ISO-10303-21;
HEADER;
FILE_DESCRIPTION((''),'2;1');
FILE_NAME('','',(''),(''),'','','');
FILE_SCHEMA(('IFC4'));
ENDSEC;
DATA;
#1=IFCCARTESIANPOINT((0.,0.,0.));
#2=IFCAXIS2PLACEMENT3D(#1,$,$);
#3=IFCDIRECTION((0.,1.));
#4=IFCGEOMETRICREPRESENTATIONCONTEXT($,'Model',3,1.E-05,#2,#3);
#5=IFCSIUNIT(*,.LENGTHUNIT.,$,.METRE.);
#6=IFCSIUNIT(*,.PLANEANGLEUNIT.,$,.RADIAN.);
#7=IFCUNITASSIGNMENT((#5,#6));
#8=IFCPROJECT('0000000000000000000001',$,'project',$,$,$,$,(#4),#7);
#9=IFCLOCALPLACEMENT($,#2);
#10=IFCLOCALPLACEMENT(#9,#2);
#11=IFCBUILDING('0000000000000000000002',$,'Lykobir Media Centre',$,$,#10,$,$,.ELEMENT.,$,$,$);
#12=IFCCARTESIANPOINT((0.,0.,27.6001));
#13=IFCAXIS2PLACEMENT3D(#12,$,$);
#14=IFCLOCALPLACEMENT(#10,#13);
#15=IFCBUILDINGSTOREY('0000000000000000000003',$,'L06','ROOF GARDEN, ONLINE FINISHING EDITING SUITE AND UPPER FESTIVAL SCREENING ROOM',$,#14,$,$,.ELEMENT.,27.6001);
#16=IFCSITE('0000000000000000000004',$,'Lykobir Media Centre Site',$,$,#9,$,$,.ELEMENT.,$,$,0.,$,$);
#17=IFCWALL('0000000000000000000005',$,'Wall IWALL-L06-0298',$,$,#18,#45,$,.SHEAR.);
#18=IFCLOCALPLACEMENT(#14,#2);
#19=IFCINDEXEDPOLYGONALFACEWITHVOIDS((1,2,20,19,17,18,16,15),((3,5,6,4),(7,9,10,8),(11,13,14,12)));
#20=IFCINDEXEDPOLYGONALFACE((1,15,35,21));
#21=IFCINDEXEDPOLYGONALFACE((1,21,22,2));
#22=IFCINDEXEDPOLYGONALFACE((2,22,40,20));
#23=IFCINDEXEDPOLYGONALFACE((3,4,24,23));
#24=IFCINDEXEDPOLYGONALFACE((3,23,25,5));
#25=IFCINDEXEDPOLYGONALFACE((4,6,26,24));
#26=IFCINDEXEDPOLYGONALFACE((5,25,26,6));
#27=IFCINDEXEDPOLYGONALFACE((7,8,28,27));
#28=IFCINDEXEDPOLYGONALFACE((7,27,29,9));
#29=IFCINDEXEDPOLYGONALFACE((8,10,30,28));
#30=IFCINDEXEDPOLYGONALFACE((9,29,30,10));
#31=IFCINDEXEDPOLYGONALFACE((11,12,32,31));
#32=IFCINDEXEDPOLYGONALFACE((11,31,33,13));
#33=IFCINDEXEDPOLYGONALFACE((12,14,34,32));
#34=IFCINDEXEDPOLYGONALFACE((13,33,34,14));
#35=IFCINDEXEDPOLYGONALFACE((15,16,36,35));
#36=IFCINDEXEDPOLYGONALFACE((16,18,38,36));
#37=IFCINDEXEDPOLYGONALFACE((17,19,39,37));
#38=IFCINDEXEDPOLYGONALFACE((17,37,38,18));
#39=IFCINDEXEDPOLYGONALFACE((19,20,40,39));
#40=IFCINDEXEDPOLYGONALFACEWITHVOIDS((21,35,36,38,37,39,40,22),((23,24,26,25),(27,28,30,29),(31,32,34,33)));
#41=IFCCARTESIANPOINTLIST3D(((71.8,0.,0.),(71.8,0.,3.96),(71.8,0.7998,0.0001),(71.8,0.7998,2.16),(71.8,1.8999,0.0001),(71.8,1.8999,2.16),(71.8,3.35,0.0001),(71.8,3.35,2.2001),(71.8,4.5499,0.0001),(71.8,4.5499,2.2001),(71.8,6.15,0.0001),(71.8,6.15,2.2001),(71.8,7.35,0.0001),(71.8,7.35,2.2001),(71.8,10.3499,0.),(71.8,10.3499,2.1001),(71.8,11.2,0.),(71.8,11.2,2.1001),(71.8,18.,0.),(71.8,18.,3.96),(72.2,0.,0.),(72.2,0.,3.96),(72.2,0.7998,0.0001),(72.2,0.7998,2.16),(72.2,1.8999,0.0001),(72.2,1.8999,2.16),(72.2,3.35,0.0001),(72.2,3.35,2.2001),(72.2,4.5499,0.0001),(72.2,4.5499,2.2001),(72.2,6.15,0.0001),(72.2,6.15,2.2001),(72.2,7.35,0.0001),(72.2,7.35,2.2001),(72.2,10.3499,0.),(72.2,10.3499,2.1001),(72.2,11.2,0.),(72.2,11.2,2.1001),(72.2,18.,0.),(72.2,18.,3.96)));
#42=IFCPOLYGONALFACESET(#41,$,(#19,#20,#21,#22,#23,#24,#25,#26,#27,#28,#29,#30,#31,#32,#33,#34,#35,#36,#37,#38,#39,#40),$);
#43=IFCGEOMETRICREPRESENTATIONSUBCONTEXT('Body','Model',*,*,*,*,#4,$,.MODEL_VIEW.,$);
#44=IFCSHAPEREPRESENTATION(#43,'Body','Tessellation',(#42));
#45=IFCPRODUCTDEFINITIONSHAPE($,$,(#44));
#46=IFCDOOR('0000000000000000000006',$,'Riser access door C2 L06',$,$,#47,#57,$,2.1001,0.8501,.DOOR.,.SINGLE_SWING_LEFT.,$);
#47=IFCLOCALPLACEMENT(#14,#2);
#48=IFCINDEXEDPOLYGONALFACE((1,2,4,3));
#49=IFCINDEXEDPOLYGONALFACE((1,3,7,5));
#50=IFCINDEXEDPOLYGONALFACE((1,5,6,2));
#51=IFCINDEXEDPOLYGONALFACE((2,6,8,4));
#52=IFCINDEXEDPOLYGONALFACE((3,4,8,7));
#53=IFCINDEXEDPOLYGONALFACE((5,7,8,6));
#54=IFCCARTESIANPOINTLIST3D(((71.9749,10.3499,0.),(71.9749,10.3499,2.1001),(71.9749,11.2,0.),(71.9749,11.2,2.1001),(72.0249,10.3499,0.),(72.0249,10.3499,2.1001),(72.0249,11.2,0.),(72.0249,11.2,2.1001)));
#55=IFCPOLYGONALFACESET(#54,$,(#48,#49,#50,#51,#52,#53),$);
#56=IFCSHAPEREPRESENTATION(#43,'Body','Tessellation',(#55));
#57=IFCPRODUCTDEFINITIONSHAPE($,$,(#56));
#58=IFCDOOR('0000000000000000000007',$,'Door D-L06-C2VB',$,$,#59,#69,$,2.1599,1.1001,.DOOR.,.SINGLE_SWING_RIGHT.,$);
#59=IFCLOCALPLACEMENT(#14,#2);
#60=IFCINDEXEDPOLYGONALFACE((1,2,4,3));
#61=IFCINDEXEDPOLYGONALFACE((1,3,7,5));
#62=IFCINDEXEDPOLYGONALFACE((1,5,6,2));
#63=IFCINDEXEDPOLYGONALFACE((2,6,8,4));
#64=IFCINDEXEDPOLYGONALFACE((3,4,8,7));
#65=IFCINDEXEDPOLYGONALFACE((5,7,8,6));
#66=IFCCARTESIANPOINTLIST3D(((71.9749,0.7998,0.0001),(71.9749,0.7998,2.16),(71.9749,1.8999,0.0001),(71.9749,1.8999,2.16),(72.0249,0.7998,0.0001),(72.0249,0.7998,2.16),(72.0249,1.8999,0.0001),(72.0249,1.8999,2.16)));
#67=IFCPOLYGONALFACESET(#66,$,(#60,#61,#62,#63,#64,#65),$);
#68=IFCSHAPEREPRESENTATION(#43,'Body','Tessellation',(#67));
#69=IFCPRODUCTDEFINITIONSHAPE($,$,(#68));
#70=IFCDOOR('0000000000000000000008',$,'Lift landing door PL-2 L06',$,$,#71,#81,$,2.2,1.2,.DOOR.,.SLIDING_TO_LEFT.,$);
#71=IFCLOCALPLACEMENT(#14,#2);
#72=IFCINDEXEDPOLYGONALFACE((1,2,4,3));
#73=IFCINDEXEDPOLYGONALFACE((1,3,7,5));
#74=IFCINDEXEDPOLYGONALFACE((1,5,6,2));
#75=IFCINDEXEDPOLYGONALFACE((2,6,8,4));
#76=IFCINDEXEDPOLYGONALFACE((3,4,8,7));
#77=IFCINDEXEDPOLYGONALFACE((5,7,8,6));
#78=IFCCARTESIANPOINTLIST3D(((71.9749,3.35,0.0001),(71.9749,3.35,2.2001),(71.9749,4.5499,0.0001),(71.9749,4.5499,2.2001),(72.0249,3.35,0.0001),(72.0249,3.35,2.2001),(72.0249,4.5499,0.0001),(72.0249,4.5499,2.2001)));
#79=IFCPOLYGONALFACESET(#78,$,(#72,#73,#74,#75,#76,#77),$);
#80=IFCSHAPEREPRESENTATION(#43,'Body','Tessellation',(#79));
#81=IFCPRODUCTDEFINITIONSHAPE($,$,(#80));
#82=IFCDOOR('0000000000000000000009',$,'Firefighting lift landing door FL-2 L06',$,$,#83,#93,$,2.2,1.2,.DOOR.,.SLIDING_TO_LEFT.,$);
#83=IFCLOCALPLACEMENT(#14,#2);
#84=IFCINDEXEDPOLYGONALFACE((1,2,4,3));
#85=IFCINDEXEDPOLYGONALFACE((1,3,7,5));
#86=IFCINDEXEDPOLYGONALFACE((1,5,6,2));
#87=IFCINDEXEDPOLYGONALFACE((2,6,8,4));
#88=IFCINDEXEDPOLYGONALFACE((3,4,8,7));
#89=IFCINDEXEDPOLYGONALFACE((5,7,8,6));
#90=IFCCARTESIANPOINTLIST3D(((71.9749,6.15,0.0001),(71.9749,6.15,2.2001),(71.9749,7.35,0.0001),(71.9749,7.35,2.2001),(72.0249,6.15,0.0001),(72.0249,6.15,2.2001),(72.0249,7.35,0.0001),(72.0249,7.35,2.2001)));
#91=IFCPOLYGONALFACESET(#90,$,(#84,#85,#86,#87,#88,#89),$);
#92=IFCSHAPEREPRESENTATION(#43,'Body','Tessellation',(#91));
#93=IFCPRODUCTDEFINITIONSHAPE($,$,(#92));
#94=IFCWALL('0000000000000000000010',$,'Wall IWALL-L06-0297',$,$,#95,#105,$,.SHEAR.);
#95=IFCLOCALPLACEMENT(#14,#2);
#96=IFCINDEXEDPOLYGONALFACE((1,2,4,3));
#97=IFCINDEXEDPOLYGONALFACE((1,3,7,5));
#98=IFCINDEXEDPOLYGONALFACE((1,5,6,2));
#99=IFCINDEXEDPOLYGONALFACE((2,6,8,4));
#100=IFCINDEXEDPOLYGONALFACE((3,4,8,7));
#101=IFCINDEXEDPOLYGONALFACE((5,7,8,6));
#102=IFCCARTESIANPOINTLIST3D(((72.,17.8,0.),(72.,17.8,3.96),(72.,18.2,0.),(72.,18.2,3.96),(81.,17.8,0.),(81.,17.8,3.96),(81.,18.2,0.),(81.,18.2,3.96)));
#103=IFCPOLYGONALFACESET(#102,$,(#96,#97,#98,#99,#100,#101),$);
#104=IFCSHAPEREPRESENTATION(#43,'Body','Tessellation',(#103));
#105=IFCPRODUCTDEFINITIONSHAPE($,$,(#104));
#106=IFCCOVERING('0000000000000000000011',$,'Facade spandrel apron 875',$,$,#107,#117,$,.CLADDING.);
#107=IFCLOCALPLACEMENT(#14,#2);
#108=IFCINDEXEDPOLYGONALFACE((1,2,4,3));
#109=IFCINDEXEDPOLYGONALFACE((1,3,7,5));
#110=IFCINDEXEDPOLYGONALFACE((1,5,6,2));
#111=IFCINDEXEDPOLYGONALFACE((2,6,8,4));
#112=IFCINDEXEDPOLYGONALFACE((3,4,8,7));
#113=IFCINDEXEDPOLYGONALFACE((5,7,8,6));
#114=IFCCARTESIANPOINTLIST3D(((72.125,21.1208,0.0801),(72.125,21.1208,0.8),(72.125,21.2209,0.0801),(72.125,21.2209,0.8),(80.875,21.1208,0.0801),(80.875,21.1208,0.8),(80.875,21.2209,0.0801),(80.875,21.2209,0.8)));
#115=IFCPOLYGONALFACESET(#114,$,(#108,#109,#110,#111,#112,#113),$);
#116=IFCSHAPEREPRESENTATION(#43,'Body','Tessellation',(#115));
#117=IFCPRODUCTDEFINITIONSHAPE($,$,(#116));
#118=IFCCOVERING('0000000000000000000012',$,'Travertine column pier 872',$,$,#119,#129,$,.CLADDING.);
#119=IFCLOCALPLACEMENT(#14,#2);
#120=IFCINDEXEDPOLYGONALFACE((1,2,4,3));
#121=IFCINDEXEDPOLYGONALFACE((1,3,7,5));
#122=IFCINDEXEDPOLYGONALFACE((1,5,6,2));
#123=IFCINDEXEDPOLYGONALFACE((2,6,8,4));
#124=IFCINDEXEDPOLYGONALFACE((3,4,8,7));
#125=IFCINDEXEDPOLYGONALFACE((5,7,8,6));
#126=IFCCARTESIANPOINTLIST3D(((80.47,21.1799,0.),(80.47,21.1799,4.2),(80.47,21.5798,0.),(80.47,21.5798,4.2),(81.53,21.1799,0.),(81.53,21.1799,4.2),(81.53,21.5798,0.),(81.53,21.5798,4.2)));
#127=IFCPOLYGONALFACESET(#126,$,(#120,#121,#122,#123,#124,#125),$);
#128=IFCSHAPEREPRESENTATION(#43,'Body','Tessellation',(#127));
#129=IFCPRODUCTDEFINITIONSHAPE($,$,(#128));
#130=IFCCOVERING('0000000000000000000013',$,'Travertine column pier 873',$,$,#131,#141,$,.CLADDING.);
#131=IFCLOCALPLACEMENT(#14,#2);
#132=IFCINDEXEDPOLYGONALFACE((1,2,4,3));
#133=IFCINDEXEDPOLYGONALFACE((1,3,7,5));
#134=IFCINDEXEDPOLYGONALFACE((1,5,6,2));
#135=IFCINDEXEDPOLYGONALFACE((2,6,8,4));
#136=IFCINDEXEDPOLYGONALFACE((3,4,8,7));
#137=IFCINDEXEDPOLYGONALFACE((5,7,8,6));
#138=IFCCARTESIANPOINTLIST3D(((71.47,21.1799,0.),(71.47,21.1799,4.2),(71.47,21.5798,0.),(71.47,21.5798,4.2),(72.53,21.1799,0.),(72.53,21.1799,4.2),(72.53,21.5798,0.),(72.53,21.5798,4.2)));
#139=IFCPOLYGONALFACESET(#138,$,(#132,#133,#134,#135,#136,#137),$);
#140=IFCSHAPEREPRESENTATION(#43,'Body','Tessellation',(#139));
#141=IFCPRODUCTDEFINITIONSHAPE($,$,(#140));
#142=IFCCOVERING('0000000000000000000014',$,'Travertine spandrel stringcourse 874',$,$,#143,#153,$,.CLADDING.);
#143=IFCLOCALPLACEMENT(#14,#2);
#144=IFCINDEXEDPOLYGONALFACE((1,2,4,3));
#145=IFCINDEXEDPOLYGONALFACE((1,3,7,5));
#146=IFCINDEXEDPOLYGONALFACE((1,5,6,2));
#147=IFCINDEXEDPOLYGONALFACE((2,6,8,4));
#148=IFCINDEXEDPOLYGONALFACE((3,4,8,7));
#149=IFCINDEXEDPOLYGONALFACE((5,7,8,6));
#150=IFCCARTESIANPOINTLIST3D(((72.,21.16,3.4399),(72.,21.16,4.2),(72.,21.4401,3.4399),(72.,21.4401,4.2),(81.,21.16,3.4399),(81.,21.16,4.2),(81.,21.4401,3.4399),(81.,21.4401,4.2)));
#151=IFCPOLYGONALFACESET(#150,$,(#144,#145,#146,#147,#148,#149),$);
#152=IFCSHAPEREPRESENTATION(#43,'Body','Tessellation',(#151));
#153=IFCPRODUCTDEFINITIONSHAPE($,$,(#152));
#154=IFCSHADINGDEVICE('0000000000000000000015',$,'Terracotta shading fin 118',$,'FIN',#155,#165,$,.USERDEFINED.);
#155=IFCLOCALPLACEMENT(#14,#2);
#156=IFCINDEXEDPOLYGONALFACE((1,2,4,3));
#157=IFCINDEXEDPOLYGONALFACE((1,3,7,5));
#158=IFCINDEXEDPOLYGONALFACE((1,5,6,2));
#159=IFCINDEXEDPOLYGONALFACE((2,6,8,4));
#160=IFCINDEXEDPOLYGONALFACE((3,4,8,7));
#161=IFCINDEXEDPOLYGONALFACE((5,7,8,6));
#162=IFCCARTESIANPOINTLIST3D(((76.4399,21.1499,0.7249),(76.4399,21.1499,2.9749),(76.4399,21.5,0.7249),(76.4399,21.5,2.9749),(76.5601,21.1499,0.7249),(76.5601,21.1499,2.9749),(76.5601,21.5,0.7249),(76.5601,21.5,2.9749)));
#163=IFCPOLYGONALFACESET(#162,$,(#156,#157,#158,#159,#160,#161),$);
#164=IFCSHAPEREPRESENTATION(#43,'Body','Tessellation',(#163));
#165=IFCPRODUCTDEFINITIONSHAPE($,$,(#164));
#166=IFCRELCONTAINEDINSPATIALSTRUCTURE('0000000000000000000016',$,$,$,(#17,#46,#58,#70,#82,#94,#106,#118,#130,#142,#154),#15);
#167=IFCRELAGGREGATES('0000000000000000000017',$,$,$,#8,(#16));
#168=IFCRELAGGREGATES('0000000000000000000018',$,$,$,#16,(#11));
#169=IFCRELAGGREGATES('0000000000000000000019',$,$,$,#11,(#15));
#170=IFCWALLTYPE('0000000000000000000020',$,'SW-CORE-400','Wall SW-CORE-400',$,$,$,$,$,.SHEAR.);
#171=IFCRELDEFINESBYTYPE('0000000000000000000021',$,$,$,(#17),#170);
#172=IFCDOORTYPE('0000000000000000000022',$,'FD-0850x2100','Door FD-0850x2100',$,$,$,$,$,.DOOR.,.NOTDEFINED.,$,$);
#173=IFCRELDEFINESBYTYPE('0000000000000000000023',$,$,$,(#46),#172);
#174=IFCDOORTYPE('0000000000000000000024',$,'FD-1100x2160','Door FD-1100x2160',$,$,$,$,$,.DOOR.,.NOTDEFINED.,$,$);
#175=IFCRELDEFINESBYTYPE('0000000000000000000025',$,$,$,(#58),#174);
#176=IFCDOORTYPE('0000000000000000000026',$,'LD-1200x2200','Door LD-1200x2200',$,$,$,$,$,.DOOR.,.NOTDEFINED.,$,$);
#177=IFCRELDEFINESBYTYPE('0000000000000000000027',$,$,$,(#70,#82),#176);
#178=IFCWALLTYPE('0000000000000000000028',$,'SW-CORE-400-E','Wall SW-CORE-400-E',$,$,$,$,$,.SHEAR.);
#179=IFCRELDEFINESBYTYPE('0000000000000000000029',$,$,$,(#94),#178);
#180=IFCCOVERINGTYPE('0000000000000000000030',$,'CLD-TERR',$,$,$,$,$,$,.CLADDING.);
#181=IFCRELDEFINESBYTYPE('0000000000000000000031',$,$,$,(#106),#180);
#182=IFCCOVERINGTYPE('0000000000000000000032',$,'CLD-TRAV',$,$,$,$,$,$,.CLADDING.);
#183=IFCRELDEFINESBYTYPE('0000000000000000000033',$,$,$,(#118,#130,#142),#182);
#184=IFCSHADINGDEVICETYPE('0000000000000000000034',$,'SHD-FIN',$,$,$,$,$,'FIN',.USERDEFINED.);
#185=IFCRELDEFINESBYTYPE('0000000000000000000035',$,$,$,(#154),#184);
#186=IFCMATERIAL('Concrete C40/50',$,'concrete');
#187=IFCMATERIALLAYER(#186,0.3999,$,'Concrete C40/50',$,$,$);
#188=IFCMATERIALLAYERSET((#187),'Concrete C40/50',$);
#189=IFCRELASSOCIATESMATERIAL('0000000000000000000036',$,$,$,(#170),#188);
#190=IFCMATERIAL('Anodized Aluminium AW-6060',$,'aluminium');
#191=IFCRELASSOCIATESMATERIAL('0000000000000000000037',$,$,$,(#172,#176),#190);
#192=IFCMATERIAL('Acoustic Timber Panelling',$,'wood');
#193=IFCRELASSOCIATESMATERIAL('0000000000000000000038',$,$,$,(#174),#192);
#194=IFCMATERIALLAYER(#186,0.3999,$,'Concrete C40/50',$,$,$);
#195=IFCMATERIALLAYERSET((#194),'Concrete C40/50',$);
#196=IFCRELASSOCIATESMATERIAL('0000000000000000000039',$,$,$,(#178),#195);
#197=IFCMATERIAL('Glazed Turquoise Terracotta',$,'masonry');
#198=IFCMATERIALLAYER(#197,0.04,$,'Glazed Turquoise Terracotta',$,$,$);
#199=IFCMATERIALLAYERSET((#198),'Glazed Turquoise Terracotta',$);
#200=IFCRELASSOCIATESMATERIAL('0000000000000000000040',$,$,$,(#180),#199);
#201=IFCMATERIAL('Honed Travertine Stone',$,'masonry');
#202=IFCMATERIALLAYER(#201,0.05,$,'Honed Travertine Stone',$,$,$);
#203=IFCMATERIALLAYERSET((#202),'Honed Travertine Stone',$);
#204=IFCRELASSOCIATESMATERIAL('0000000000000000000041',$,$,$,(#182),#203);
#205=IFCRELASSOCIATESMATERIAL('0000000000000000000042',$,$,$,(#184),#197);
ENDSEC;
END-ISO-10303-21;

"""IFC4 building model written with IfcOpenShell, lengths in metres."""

from ifc_helpers import new_model, si_unit, direction, frame, frame_2d, origin, origin_2d, place, context, subcontext, project, spatial, rectangle, extrude, material, layer, layer_set, type_object, element, fill, save


model = new_model("IFC4")

# Units and contexts
model_context = context("Model", 3, precision=1e-05, world=origin(), true_north=direction((0.0, 1.0)))
body_context = subcontext(model_context, "Body", "Model", "MODEL_VIEW")
ifc_project = project(units=[si_unit("LENGTHUNIT", "METRE"), si_unit("PLANEANGLEUNIT", "RADIAN")], contexts=[model_context])

# Site, building, storey
site_placement = place(None, origin())
site = spatial("IfcSite", under=ifc_project, at=site_placement, Name="Lykobir Media Centre Site", CompositionType="ELEMENT", RefElevation=0.0)
building_placement = place(site_placement, origin())
building = spatial("IfcBuilding", under=site, at=building_placement, Name="Lykobir Media Centre", CompositionType="ELEMENT")
storey_placement = place(building_placement, frame((0.0, 0.0, 27.6001)))
storey = spatial("IfcBuildingStorey", under=building, at=storey_placement, Name="L06", Description="ROOF GARDEN, ONLINE FINISHING EDITING SUITE AND UPPER FESTIVAL SCREENING ROOM", CompositionType="ELEMENT", Elevation=27.6001)

# Shared definitions
ifc_material_1 = material(Name="Concrete C40/50", Category="concrete")

# Shared definitions
ifc_material_2 = material(Name="Anodized Aluminium AW-6060", Category="aluminium")

# Shared definitions
ifc_material_3 = material(Name="Glazed Turquoise Terracotta", Category="masonry")

# Wall, openings, doors
ifc_layer_1 = layer(ifc_material_1, 0.3999, Name="Concrete C40/50")
ifc_layer_set_1 = layer_set([ifc_layer_1], Name="Concrete C40/50")
wall_type_1 = type_object("IfcWallType", Name="SW-CORE-400", Description="Wall SW-CORE-400", PredefinedType="SHEAR", material=ifc_layer_set_1)
wall_1_placement = place(storey_placement, frame((72.0, 18.0, 0.0), z_axis=(0.0, 0.0, 1.0), x_axis=(0.0, -1.0, 0.0)))
wall_1 = element("IfcWall", 1, at=wall_1_placement, inside=storey, type_object=wall_type_1, Name="Wall IWALL-L06-0298", PredefinedType="SHEAR", context=body_context, shape_type="SweptSolid", body=[
    extrude(rectangle(XDim=18.0, YDim=0.3999, at=frame_2d((9.0, 0.0))), origin(), (0.0, 0.0, 1.0), 3.96),
])
opening_1_placement = place(wall_1_placement, frame((16.1001, 0.0, 0.0)))
opening_1 = element("IfcOpeningElement", 2, at=opening_1_placement, cuts=wall_1, PredefinedType="OPENING", context=body_context, shape_type="SweptSolid", body=[
    extrude(rectangle(XDim=1.1001, YDim=2.1599, at=frame_2d((0.55, 1.0801))), frame((0.0, 0.21, 0.0), z_axis=(0.0, -1.0, 0.0), x_axis=(1.0, 0.0, 0.0)), (0.0, 0.0, 1.0), 0.4199),
])
opening_2_placement = place(wall_1_placement, frame((13.45, 0.0, 0.0)))
opening_2 = element("IfcOpeningElement", 3, at=opening_2_placement, cuts=wall_1, PredefinedType="OPENING", context=body_context, shape_type="SweptSolid", body=[
    extrude(rectangle(XDim=1.2, YDim=2.2, at=frame_2d((0.6001, 1.1001))), frame((0.0, 0.21, 0.0), z_axis=(0.0, -1.0, 0.0), x_axis=(1.0, 0.0, 0.0)), (0.0, 0.0, 1.0), 0.4199),
])
opening_3_placement = place(wall_1_placement, frame((10.6499, 0.0, 0.0)))
opening_3 = element("IfcOpeningElement", 4, at=opening_3_placement, cuts=wall_1, PredefinedType="OPENING", context=body_context, shape_type="SweptSolid", body=[
    extrude(rectangle(XDim=1.2, YDim=2.2, at=frame_2d((0.6001, 1.1001))), frame((0.0, 0.21, 0.0), z_axis=(0.0, -1.0, 0.0), x_axis=(1.0, 0.0, 0.0)), (0.0, 0.0, 1.0), 0.4199),
])
opening_4_placement = place(wall_1_placement, frame((6.8, 0.0, 0.0)))
opening_4 = element("IfcOpeningElement", 5, at=opening_4_placement, cuts=wall_1, PredefinedType="OPENING", context=body_context, shape_type="SweptSolid", body=[
    extrude(rectangle(XDim=0.8501, YDim=2.1001, at=frame_2d((0.425, 1.05))), frame((0.0, 0.21, 0.0), z_axis=(0.0, -1.0, 0.0), x_axis=(1.0, 0.0, 0.0)), (0.0, 0.0, 1.0), 0.4199),
])
door_type_1 = type_object("IfcDoorType", Name="FD-0850x2100", Description="Door FD-0850x2100", OperationType="NOTDEFINED", PredefinedType="DOOR", material=ifc_material_2)
door_1_placement = place(opening_4_placement, origin())
door_1 = element("IfcDoor", 6, at=door_1_placement, inside=storey, type_object=door_type_1, Name="Riser access door C2 L06", OperationType="SINGLE_SWING_LEFT", OverallHeight=2.1001, OverallWidth=0.8501, PredefinedType="DOOR", context=body_context, shape_type="SweptSolid", body=[
    extrude(rectangle(XDim=0.8501, YDim=2.1001, at=frame_2d((0.425, 1.05))), frame((0.0, 0.0249, 0.0), z_axis=(0.0, -1.0, 0.0), x_axis=(1.0, 0.0, 0.0)), (0.0, 0.0, 1.0), 0.05),
])
fill(opening_4, door_1)
ifc_material_4 = material(Name="Acoustic Timber Panelling", Category="wood")
door_type_2 = type_object("IfcDoorType", Name="FD-1100x2160", Description="Door FD-1100x2160", OperationType="NOTDEFINED", PredefinedType="DOOR", material=ifc_material_4)
door_2_placement = place(opening_1_placement, origin())
door_2 = element("IfcDoor", 7, at=door_2_placement, inside=storey, type_object=door_type_2, Name="Door D-L06-C2VB", OperationType="SINGLE_SWING_RIGHT", OverallHeight=2.1599, OverallWidth=1.1001, PredefinedType="DOOR", context=body_context, shape_type="SweptSolid", body=[
    extrude(rectangle(XDim=1.1001, YDim=2.1599, at=frame_2d((0.55, 1.0801))), frame((0.0, 0.0249, 0.0), z_axis=(0.0, -1.0, 0.0), x_axis=(1.0, 0.0, 0.0)), (0.0, 0.0, 1.0), 0.05),
])
fill(opening_1, door_2)
door_type_3 = type_object("IfcDoorType", Name="LD-1200x2200", Description="Door LD-1200x2200", OperationType="NOTDEFINED", PredefinedType="DOOR", material=ifc_material_2)
door_3_placement = place(opening_2_placement, origin())
door_3 = element("IfcDoor", 8, at=door_3_placement, inside=storey, type_object=door_type_3, Name="Lift landing door PL-2 L06", OperationType="SLIDING_TO_LEFT", OverallHeight=2.2, OverallWidth=1.2, PredefinedType="DOOR", context=body_context, shape_type="SweptSolid", body=[
    extrude(rectangle(XDim=1.2, YDim=2.2, at=frame_2d((0.6001, 1.1001))), frame((0.0, 0.0249, 0.0), z_axis=(0.0, -1.0, 0.0), x_axis=(1.0, 0.0, 0.0)), (0.0, 0.0, 1.0), 0.05),
])
fill(opening_2, door_3)
door_4_placement = place(opening_3_placement, origin())
door_4 = element("IfcDoor", 9, at=door_4_placement, inside=storey, type_object=door_type_3, Name="Firefighting lift landing door FL-2 L06", OperationType="SLIDING_TO_LEFT", OverallHeight=2.2, OverallWidth=1.2, PredefinedType="DOOR", context=body_context, shape_type="SweptSolid", body=[
    extrude(rectangle(XDim=1.2, YDim=2.2, at=frame_2d((0.6001, 1.1001))), frame((0.0, 0.0249, 0.0), z_axis=(0.0, -1.0, 0.0), x_axis=(1.0, 0.0, 0.0)), (0.0, 0.0, 1.0), 0.05),
])
fill(opening_3, door_4)

# Wall
ifc_layer_2 = layer(ifc_material_1, 0.3999, Name="Concrete C40/50")
ifc_layer_set_2 = layer_set([ifc_layer_2], Name="Concrete C40/50")
wall_type_2 = type_object("IfcWallType", Name="SW-CORE-400-E", Description="Wall SW-CORE-400-E", PredefinedType="SHEAR", material=ifc_layer_set_2)
wall_2_placement = place(storey_placement, frame((81.0, 18.0, 0.0), z_axis=(0.0, 0.0, 1.0), x_axis=(-1.0, 0.0, 0.0)))
element("IfcWall", 10, at=wall_2_placement, inside=storey, type_object=wall_type_2, Name="Wall IWALL-L06-0297", PredefinedType="SHEAR", context=body_context, shape_type="SweptSolid", body=[
    extrude(rectangle(XDim=9.0, YDim=0.3999, at=frame_2d((4.5, 0.0))), origin(), (0.0, 0.0, 1.0), 3.96),
])

# Coverings
ifc_layer_3 = layer(ifc_material_3, 0.04, Name="Glazed Turquoise Terracotta")
ifc_layer_set_3 = layer_set([ifc_layer_3], Name="Glazed Turquoise Terracotta")
covering_type_1 = type_object("IfcCoveringType", Name="CLD-TERR", PredefinedType="CLADDING", material=ifc_layer_set_3)
covering_1_placement = place(storey_placement, frame((76.5, 21.1709, 0.0801), z_axis=(0.0, 0.0, 1.0), x_axis=(-1.0, 0.0, 0.0)))
element("IfcCovering", 11, at=covering_1_placement, inside=storey, type_object=covering_type_1, Name="Facade spandrel apron 875", PredefinedType="CLADDING", context=body_context, shape_type="SweptSolid", body=[
    extrude(rectangle(XDim=8.75, YDim=0.1001, at=origin_2d()), origin(), (0.0, 0.0, 1.0), 0.72),
])
ifc_material_5 = material(Name="Honed Travertine Stone", Category="masonry")
ifc_layer_4 = layer(ifc_material_5, 0.05, Name="Honed Travertine Stone")
ifc_layer_set_4 = layer_set([ifc_layer_4], Name="Honed Travertine Stone")
covering_type_2 = type_object("IfcCoveringType", Name="CLD-TRAV", PredefinedType="CLADDING", material=ifc_layer_set_4)
for number, where, z_axis, x_axis, name in (
    (12, (81.0, 21.3799, 0.0), (0.0, 0.0, 1.0), (-1.0, 0.0, 0.0), "Travertine column pier 872"),
    (13, (72.0, 21.3799, 0.0), (0.0, 0.0, 1.0), (-1.0, 0.0, 0.0), "Travertine column pier 873"),
):
    element("IfcCovering", number, at=place(storey_placement, frame(where, z_axis=z_axis, x_axis=x_axis)), inside=storey, type_object=covering_type_2, Name=name, PredefinedType="CLADDING", context=body_context, shape_type="SweptSolid", body=[
        extrude(rectangle(XDim=1.0601, YDim=0.3999, at=origin_2d()), origin(), (0.0, 0.0, 1.0), 4.2),
    ])
covering_2_placement = place(storey_placement, frame((76.5, 21.3, 3.4399), z_axis=(0.0, 0.0, 1.0), x_axis=(-1.0, 0.0, 0.0)))
element("IfcCovering", 14, at=covering_2_placement, inside=storey, type_object=covering_type_2, Name="Travertine spandrel stringcourse 874", PredefinedType="CLADDING", context=body_context, shape_type="SweptSolid", body=[
    extrude(rectangle(XDim=9.0, YDim=0.28, at=origin_2d()), origin(), (0.0, 0.0, 1.0), 0.76),
])

# Shading device
shading_device_type = type_object("IfcShadingDeviceType", Name="SHD-FIN", ElementType="FIN", PredefinedType="USERDEFINED", material=ifc_material_3)
shading_device_placement = place(storey_placement, frame((76.5, 21.325, 0.7249), z_axis=(0.0, 0.0, 1.0), x_axis=(-1.0, 0.0, 0.0)))
element("IfcShadingDevice", 15, at=shading_device_placement, inside=storey, type_object=shading_device_type, Name="Terracotta shading fin 118", ObjectType="FIN", PredefinedType="USERDEFINED", context=body_context, shape_type="SweptSolid", body=[
    extrude(rectangle(XDim=0.1201, YDim=0.3501, at=origin_2d()), origin(), (0.0, 0.0, 1.0), 2.25),
])

save(model, "model.ifc")
